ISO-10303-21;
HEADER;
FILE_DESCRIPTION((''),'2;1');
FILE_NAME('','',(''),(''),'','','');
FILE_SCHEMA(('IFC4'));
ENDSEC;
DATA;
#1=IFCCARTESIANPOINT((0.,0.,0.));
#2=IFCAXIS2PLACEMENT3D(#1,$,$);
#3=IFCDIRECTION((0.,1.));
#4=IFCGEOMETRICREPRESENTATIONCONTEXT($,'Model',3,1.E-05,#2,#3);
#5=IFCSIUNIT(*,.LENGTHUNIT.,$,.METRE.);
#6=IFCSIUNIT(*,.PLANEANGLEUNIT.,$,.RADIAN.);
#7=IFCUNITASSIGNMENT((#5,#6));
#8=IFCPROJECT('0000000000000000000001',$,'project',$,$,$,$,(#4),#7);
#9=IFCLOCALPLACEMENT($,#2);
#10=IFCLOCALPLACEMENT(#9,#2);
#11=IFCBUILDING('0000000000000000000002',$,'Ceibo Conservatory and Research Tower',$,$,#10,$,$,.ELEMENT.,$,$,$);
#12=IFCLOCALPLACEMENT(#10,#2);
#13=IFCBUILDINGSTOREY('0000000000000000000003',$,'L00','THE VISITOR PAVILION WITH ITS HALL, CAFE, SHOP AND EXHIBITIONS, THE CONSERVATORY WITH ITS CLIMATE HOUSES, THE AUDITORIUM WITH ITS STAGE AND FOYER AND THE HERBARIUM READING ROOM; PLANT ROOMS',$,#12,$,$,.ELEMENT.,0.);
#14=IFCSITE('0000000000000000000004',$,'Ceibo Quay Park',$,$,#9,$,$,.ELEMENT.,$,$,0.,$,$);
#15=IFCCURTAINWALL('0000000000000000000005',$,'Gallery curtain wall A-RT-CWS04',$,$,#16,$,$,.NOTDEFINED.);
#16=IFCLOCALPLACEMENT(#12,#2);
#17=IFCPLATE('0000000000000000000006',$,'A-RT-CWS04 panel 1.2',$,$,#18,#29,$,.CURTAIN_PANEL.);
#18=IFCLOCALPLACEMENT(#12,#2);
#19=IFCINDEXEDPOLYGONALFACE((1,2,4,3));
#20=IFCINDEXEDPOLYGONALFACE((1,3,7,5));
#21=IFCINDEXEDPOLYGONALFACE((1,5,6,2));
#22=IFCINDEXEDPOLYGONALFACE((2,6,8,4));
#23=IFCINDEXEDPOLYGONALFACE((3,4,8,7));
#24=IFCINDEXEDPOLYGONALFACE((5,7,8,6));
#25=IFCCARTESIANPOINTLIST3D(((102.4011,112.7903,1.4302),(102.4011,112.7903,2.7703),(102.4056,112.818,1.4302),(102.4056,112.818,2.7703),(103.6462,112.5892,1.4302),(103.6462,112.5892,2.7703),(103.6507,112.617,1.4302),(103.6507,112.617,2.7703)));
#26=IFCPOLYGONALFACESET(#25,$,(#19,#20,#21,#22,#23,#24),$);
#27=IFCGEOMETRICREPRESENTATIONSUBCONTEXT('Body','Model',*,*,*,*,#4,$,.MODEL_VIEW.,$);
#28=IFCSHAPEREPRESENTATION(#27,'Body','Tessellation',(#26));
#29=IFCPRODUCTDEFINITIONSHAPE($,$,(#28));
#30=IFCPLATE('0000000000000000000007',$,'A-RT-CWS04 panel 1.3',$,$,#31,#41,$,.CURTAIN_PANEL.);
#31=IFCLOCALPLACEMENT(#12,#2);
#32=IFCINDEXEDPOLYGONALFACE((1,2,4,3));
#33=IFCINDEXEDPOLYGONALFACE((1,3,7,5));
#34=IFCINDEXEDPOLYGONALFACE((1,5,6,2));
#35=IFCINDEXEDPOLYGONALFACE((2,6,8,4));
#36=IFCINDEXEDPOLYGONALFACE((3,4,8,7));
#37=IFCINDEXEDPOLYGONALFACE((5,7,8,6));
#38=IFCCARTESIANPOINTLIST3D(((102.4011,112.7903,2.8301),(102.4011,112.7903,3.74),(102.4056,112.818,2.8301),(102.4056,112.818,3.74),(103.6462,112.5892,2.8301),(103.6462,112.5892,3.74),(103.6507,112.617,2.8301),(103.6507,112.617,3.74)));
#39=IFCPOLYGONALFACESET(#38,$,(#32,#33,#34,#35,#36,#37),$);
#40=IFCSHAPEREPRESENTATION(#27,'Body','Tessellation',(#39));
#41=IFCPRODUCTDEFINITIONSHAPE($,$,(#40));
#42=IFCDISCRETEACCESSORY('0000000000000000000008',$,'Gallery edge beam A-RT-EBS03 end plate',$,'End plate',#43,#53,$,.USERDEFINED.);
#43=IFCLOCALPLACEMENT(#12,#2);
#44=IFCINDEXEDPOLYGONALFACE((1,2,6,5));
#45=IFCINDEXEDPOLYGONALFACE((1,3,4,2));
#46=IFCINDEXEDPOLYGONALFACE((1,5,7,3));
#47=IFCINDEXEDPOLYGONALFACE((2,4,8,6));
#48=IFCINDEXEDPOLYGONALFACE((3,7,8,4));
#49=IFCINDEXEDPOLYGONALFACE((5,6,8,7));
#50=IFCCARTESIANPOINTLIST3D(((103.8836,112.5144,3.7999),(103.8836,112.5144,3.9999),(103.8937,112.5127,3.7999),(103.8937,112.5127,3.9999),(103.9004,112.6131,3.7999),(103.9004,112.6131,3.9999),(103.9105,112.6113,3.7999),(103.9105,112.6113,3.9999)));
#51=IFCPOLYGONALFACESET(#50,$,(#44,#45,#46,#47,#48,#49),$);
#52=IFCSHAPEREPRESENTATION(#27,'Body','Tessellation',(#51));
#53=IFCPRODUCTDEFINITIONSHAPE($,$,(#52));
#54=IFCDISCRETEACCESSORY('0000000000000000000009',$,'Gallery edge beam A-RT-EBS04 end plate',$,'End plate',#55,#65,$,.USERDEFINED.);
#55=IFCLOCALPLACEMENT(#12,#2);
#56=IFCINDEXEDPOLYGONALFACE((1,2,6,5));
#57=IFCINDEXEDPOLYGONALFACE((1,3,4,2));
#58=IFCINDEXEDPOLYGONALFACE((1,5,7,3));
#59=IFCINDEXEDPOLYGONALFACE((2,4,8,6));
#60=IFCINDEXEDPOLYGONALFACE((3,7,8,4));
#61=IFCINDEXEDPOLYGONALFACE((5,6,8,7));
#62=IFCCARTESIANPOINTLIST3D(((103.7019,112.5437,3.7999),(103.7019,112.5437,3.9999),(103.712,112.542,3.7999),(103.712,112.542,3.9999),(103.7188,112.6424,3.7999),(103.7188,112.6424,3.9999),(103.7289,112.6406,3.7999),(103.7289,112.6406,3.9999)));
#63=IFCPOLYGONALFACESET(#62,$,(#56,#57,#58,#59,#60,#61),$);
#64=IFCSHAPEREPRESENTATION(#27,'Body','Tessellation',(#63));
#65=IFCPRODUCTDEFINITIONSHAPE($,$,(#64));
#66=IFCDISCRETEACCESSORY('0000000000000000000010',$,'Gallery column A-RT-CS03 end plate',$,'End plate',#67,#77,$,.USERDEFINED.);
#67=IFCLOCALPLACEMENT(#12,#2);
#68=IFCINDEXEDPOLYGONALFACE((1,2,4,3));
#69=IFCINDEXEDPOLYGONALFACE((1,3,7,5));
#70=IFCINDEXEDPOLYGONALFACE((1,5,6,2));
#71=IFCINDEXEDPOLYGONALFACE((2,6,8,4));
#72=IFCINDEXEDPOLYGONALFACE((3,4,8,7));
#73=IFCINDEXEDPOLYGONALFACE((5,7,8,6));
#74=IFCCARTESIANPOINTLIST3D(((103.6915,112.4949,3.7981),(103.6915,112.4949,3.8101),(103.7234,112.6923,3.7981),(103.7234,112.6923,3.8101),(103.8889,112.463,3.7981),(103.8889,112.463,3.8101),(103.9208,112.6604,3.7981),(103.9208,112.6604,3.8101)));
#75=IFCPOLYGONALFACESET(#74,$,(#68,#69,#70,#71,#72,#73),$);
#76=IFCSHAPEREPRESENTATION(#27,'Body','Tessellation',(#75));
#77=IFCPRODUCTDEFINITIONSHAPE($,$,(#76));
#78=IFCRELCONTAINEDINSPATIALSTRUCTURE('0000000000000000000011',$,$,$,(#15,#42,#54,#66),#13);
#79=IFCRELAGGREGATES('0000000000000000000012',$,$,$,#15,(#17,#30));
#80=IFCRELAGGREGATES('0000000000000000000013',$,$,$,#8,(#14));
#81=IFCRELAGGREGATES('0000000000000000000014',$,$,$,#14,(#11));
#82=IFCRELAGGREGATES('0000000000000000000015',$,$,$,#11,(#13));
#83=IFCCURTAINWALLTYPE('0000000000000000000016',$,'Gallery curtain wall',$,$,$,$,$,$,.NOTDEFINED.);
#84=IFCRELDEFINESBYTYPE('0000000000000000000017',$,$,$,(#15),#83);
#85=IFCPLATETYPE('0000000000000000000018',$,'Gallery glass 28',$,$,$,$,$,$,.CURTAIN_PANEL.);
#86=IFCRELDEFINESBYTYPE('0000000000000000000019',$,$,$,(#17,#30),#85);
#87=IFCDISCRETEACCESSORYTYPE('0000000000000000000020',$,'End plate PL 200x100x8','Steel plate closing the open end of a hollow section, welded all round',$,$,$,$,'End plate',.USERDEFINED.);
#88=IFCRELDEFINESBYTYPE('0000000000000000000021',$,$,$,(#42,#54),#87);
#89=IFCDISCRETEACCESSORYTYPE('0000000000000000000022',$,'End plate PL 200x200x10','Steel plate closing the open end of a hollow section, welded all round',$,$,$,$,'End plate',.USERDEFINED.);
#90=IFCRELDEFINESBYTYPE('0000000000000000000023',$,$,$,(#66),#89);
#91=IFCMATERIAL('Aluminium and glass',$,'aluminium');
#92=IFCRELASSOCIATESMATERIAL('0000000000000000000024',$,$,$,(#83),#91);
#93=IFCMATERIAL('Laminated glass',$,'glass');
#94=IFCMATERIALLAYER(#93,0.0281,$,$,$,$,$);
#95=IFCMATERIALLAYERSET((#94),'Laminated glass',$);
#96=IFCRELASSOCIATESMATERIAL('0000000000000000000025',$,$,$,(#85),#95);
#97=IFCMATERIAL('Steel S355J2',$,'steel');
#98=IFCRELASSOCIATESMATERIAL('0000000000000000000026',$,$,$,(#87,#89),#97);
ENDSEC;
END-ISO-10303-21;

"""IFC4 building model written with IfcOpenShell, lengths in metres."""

from ifc_helpers import new_model, si_unit, direction, frame, origin, origin_2d, place, context, subcontext, project, spatial, rectangle, extrude, material, layer, layer_set, material_profile, profile_set, type_object, element, aggregate, save


model = new_model("IFC4")

# Units and contexts
model_context = context("Model", 3, precision=1e-05, world=origin(), true_north=direction((0.0, 1.0)))
body_context = subcontext(model_context, "Body", "Model", "MODEL_VIEW")
ifc_project = project(units=[si_unit("LENGTHUNIT", "METRE"), si_unit("PLANEANGLEUNIT", "RADIAN")], contexts=[model_context])

# Site, building, storey
site_placement = place(None, origin())
site = spatial("IfcSite", under=ifc_project, at=site_placement, Name="Ceibo Quay Park", CompositionType="ELEMENT", RefElevation=0.0)
building_placement = place(site_placement, origin())
building = spatial("IfcBuilding", under=site, at=building_placement, Name="Ceibo Conservatory and Research Tower", CompositionType="ELEMENT")
storey_placement = place(building_placement, origin())
storey = spatial("IfcBuildingStorey", under=building, at=storey_placement, Name="L00", Description="THE VISITOR PAVILION WITH ITS HALL, CAFE, SHOP AND EXHIBITIONS, THE CONSERVATORY WITH ITS CLIMATE HOUSES, THE AUDITORIUM WITH ITS STAGE AND FOYER AND THE HERBARIUM READING ROOM; PLANT ROOMS", CompositionType="ELEMENT", Elevation=0.0)

# Shared definitions
ifc_material_1 = material(Name="Aluminium and glass", Category="aluminium")
curtain_wall_type = type_object("IfcCurtainWallType", Name="Gallery curtain wall", PredefinedType="NOTDEFINED", material=ifc_material_1)

# Curtain wall
curtain_wall_1_placement = place(storey_placement, origin())
curtain_wall_1 = element("IfcCurtainWall", 1, at=curtain_wall_1_placement, inside=storey, type_object=curtain_wall_type, Name="Gallery curtain wall A-RT-CWS04", PredefinedType="NOTDEFINED")

# Plates
ifc_material_2 = material(Name="Laminated glass", Category="glass")
ifc_layer = layer(ifc_material_2, 0.0281)
ifc_layer_set = layer_set([ifc_layer], Name="Laminated glass")
plate_type = type_object("IfcPlateType", Name="Gallery glass 28", PredefinedType="CURTAIN_PANEL", material=ifc_layer_set)
plate_1_placement = place(storey_placement, frame((103.0259, 112.7036, 1.4302), z_axis=(0.0, 0.0, 1.0), x_axis=(-0.987216, 0.159391, 0.0)))
plate_1 = element("IfcPlate", 2, at=plate_1_placement, type_object=plate_type, Name="A-RT-CWS04 panel 1.2", PredefinedType="CURTAIN_PANEL", context=body_context, shape_type="SweptSolid", body=[
    extrude(rectangle(XDim=1.2612, YDim=0.0281, at=origin_2d()), origin(), (0.0, 0.0, 1.0), 1.3401),
])
plate_2_placement = place(storey_placement, frame((103.0259, 112.7036, 2.8301), z_axis=(0.0, 0.0, 1.0), x_axis=(-0.987216, 0.159391, 0.0)))
plate_2 = element("IfcPlate", 3, at=plate_2_placement, type_object=plate_type, Name="A-RT-CWS04 panel 1.3", PredefinedType="CURTAIN_PANEL", context=body_context, shape_type="SweptSolid", body=[
    extrude(rectangle(XDim=1.2612, YDim=0.0281, at=origin_2d()), origin(), (0.0, 0.0, 1.0), 0.9099),
])
aggregate(curtain_wall_1, [plate_1, plate_2])

# Discrete accessories
ifc_material_3 = material(Name="Steel S355J2", Category="steel")
ifc_material_profile_1 = material_profile(ifc_material_3, rectangle(XDim=0.1001, YDim=0.2, at=origin_2d()), Name="End plate PL 200x100x8")
ifc_profile_set_1 = profile_set([ifc_material_profile_1], Name="Steel S355J2")
discrete_accessory_type_1 = type_object("IfcDiscreteAccessoryType", Name="End plate PL 200x100x8", Description="Steel plate closing the open end of a hollow section, welded all round", ElementType="End plate", PredefinedType="USERDEFINED", material=ifc_profile_set_1)
for number, where, z_axis, x_axis, name in (
    (4, (103.9021, 112.562, 3.8999), (-0.985736, 0.168296, 0.0), (-0.168296, -0.985736, 0.0), "Gallery edge beam A-RT-EBS03 end plate"),
    (5, (103.7205, 112.5913, 3.8999), (-0.985736, 0.168296, 0.0), (-0.168296, -0.985736, 0.0), "Gallery edge beam A-RT-EBS04 end plate"),
):
    element("IfcDiscreteAccessory", number, at=place(storey_placement, frame(where, z_axis=z_axis, x_axis=x_axis)), inside=storey, type_object=discrete_accessory_type_1, Name=name, ObjectType="End plate", PredefinedType="USERDEFINED", context=body_context, shape_type="SweptSolid", body=[
        extrude(rectangle(XDim=0.1001, YDim=0.2, at=origin_2d()), origin(), (0.0, 0.0, 1.0), 0.0103),
    ])
ifc_material_profile_2 = material_profile(ifc_material_3, rectangle(XDim=0.2, YDim=0.2, at=origin_2d()), Name="End plate PL 200x200x10")
ifc_profile_set_2 = profile_set([ifc_material_profile_2], Name="Steel S355J2")
discrete_accessory_type_2 = type_object("IfcDiscreteAccessoryType", Name="End plate PL 200x200x10", Description="Steel plate closing the open end of a hollow section, welded all round", ElementType="End plate", PredefinedType="USERDEFINED", material=ifc_profile_set_2)
discrete_accessory_placement = place(storey_placement, frame((103.8062, 112.5776, 3.7981), z_axis=(0.0, 0.0, 1.0), x_axis=(-0.987216, 0.159391, 0.0)))
element("IfcDiscreteAccessory", 6, at=discrete_accessory_placement, inside=storey, type_object=discrete_accessory_type_2, Name="Gallery column A-RT-CS03 end plate", ObjectType="End plate", PredefinedType="USERDEFINED", context=body_context, shape_type="SweptSolid", body=[
    extrude(rectangle(XDim=0.2, YDim=0.2, at=origin_2d()), origin(), (0.0, 0.0, 1.0), 0.012),
])

save(model, "model.ifc")
